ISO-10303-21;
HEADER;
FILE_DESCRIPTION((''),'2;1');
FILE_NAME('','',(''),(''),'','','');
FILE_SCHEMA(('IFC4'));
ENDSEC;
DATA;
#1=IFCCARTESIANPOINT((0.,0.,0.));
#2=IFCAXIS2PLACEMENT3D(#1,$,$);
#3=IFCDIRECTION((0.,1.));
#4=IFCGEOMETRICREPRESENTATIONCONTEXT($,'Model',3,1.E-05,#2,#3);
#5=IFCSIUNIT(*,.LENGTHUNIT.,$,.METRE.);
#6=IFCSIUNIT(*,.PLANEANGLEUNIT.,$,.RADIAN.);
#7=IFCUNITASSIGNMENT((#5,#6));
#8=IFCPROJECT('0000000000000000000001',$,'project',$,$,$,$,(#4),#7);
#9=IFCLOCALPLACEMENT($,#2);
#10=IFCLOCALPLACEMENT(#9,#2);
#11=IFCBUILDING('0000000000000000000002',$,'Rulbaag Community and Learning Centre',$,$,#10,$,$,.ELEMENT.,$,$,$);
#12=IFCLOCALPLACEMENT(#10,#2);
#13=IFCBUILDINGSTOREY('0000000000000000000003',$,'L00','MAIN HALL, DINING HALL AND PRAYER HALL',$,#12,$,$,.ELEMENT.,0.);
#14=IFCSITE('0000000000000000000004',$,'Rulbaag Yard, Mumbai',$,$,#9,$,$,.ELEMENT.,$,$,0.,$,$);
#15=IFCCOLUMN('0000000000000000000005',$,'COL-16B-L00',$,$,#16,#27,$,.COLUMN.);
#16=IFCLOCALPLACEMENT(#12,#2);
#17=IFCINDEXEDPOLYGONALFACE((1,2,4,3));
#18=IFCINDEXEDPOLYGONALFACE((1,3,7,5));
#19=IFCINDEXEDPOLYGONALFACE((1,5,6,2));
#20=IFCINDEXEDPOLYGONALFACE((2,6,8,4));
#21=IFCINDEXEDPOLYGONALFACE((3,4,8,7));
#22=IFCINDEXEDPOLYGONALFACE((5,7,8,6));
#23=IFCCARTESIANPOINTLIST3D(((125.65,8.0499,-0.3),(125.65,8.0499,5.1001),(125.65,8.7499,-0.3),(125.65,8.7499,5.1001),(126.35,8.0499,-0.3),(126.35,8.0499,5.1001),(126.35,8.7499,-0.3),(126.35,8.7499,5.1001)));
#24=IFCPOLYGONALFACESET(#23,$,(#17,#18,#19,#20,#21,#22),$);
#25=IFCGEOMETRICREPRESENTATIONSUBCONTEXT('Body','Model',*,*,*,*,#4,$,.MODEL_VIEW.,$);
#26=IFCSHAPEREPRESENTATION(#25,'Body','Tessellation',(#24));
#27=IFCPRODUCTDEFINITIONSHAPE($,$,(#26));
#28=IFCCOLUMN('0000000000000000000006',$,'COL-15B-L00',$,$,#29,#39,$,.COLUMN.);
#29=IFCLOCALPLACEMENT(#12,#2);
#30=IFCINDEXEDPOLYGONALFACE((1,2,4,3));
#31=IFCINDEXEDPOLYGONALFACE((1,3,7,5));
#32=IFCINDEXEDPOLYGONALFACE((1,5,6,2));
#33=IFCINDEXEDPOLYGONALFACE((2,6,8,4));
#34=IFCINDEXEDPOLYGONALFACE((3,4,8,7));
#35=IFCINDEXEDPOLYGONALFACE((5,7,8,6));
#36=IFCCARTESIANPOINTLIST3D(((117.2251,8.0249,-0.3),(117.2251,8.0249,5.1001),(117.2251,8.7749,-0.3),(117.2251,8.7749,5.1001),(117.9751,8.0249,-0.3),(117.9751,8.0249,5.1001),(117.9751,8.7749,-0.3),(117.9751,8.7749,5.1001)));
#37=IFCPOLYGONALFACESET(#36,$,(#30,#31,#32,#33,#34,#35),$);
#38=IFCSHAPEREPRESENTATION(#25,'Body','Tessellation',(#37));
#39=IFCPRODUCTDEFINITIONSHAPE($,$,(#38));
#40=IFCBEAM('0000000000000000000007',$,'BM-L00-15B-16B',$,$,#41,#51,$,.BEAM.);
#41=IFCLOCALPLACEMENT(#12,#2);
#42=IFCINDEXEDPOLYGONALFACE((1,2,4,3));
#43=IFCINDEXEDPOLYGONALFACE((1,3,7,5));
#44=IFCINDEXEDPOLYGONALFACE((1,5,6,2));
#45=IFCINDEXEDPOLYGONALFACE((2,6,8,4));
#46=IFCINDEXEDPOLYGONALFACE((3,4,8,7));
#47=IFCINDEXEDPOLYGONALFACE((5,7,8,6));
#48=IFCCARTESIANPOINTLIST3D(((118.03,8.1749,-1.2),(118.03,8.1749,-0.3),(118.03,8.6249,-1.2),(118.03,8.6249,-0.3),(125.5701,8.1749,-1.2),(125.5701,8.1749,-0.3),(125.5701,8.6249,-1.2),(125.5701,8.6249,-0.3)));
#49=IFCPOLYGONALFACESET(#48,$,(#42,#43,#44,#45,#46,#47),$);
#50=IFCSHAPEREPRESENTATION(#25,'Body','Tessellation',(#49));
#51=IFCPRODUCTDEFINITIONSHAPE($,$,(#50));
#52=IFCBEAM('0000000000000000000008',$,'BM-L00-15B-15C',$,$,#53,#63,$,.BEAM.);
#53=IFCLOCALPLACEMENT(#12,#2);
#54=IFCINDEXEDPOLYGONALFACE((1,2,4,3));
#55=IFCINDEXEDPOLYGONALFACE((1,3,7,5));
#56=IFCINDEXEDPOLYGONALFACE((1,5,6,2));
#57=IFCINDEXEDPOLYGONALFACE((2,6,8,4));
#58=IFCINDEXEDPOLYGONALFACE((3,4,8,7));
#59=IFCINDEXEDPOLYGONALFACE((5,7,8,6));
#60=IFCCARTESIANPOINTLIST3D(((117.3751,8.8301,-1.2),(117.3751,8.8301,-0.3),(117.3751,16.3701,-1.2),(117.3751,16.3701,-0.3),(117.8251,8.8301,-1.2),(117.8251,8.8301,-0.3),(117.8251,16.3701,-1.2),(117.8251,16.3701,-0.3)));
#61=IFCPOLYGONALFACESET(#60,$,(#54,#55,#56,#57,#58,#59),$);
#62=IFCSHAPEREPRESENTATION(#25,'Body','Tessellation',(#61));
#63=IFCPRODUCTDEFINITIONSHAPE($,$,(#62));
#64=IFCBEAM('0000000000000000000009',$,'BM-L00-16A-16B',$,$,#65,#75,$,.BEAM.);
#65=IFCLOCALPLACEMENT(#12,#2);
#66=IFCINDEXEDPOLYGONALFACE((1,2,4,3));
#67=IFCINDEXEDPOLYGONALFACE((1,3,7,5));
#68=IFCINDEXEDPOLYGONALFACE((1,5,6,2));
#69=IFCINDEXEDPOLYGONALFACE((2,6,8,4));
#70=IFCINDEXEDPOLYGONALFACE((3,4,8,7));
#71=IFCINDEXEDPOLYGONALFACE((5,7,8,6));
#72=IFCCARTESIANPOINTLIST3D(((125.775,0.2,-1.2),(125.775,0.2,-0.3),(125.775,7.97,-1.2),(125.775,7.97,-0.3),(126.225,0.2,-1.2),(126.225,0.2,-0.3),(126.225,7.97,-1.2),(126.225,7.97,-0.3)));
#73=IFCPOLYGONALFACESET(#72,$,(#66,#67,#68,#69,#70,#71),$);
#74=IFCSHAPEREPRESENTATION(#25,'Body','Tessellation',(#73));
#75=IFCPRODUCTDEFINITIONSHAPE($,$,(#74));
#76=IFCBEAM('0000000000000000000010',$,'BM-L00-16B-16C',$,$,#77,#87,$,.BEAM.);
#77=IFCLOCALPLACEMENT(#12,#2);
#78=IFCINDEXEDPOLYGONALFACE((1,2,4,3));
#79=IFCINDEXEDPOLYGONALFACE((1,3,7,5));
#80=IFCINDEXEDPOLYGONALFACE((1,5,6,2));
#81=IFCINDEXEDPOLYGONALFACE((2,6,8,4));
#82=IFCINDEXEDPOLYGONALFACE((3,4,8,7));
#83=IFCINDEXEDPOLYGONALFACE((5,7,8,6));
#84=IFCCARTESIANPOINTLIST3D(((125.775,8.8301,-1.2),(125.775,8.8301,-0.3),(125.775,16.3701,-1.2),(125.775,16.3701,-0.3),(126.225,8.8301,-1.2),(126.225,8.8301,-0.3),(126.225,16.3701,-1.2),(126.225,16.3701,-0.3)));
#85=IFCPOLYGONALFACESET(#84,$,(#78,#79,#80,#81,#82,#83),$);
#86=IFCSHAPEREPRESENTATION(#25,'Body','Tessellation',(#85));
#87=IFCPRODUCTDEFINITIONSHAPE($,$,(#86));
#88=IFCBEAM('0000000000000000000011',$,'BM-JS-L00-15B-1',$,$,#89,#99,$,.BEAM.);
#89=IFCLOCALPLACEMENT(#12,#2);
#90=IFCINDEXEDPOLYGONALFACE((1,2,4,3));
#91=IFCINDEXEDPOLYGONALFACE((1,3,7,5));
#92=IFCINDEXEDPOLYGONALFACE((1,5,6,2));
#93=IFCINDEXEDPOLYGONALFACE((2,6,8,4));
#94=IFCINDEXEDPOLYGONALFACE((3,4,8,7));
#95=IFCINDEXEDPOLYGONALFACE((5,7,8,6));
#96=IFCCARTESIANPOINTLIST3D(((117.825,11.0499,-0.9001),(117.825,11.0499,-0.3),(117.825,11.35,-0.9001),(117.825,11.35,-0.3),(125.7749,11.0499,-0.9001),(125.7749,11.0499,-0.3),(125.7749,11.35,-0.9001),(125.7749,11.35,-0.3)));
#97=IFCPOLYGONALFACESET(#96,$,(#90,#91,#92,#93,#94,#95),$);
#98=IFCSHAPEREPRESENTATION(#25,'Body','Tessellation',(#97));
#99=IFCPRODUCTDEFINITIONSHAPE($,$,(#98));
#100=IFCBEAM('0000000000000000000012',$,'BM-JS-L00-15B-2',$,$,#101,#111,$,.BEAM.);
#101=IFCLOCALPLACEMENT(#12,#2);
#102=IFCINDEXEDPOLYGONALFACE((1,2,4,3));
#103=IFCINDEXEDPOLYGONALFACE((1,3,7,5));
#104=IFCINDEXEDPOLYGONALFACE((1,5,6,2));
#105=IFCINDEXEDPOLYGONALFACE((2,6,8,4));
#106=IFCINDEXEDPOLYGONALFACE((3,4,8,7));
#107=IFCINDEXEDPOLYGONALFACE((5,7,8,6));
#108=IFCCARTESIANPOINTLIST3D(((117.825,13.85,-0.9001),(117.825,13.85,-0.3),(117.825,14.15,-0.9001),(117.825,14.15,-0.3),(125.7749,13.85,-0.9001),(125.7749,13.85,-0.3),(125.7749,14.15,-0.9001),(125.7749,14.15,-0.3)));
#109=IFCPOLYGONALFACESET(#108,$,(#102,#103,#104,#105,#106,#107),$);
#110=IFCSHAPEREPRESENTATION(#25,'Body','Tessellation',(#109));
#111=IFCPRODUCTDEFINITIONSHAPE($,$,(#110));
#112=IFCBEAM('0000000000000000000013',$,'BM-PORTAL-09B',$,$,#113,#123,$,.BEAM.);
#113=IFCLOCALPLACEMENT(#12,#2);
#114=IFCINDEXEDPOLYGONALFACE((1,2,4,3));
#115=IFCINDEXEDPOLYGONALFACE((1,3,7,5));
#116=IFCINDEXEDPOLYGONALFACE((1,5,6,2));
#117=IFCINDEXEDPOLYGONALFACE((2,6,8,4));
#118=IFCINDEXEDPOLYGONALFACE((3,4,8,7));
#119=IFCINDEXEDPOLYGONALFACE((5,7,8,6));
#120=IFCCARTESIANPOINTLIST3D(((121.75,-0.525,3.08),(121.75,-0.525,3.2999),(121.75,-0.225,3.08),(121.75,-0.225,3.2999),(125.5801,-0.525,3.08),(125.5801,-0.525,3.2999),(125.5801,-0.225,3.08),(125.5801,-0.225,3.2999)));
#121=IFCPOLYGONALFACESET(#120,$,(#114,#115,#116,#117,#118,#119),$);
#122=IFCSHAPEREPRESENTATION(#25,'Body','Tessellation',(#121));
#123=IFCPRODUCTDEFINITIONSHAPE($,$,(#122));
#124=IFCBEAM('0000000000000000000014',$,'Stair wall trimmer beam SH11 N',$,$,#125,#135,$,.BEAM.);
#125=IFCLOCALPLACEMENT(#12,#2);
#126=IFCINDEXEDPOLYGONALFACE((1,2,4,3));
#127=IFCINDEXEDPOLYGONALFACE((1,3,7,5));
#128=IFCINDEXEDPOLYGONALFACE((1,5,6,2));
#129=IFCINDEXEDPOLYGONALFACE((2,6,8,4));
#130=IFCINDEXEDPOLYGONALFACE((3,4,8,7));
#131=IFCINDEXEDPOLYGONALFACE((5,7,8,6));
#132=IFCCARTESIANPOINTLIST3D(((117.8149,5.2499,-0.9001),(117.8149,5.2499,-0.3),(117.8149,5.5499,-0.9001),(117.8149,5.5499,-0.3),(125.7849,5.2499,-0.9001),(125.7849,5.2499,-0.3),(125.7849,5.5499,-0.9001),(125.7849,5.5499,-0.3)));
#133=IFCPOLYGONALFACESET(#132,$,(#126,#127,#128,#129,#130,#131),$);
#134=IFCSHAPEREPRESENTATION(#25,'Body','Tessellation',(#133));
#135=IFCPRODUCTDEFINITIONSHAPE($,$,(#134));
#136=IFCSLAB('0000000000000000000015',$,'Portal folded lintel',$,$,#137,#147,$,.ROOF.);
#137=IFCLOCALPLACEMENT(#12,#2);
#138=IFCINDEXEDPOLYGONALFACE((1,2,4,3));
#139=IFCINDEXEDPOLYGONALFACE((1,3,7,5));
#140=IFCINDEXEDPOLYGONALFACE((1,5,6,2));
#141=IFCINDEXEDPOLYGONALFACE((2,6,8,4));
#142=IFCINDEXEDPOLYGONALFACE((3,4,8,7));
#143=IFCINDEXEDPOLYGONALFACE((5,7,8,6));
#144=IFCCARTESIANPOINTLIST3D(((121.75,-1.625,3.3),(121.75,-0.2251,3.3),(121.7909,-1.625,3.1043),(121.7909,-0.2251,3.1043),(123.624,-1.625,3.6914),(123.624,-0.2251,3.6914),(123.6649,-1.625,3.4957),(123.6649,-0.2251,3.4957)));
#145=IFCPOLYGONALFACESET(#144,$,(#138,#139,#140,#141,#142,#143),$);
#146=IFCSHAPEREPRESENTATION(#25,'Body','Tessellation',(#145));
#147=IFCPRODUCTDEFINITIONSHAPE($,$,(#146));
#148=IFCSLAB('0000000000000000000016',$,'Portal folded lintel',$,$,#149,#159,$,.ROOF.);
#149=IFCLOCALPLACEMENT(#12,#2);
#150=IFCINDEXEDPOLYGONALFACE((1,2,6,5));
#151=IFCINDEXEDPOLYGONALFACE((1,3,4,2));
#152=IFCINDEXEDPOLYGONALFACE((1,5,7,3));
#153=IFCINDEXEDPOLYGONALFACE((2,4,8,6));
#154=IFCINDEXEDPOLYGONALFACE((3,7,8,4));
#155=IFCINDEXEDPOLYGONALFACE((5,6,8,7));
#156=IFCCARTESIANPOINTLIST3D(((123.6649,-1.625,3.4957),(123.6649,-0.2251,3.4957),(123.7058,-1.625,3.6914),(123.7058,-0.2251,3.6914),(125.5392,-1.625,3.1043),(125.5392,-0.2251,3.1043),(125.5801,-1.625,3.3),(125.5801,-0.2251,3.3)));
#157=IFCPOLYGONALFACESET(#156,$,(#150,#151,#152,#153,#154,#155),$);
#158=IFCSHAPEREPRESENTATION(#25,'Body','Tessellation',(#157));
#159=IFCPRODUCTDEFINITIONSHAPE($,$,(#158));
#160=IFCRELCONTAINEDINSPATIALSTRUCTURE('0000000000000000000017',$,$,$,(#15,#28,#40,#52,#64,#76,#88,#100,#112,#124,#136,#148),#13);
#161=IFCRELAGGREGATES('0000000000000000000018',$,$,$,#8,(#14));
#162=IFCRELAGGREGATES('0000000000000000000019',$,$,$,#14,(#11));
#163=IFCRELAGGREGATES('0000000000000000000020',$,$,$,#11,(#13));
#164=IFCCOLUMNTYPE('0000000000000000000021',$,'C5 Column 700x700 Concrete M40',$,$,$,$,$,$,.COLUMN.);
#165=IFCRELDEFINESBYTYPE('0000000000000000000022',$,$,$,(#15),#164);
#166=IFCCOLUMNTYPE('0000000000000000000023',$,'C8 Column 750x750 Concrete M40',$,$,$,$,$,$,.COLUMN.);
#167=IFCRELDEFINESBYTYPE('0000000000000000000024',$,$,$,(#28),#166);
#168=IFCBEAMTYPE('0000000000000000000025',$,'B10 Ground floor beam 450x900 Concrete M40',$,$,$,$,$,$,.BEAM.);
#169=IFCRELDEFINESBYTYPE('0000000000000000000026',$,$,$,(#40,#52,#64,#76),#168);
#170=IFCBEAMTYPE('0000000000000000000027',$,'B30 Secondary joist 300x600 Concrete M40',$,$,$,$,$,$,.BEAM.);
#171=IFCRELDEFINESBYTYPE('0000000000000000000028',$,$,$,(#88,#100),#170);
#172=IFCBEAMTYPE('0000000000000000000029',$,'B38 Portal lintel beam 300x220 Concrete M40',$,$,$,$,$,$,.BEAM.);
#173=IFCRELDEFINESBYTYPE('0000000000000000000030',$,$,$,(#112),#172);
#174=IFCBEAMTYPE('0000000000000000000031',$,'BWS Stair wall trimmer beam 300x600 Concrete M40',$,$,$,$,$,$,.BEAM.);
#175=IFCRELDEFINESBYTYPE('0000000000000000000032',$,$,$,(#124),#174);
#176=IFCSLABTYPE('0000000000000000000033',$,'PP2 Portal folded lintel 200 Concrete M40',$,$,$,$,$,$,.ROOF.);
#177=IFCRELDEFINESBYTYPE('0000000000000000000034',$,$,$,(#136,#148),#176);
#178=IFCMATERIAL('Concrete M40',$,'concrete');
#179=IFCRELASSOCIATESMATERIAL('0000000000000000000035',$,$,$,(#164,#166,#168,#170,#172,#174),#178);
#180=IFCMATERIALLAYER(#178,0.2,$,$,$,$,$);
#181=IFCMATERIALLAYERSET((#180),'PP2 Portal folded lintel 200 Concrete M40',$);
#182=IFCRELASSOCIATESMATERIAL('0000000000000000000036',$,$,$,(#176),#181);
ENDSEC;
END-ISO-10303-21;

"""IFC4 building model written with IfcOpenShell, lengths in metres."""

from ifc_helpers import new_model, si_unit, direction, frame, origin, origin_2d, place, context, subcontext, project, spatial, polyline, rectangle, outline, extrude, material, layer, layer_set, material_profile, profile_set, type_object, element, save


model = new_model("IFC4")

# Units and contexts
model_context = context("Model", 3, precision=1e-05, world=origin(), true_north=direction((0.0, 1.0)))
body_context = subcontext(model_context, "Body", "Model", "MODEL_VIEW")
ifc_project = project(units=[si_unit("LENGTHUNIT", "METRE"), si_unit("PLANEANGLEUNIT", "RADIAN")], contexts=[model_context])

# Site, building, storey
site_placement = place(None, origin())
site = spatial("IfcSite", under=ifc_project, at=site_placement, Name="Rulbaag Yard, Mumbai", CompositionType="ELEMENT", RefElevation=0.0)
building_placement = place(site_placement, origin())
building = spatial("IfcBuilding", under=site, at=building_placement, Name="Rulbaag Community and Learning Centre", CompositionType="ELEMENT")
storey_placement = place(building_placement, origin())
storey = spatial("IfcBuildingStorey", under=building, at=storey_placement, Name="L00", Description="MAIN HALL, DINING HALL AND PRAYER HALL", CompositionType="ELEMENT", Elevation=0.0)

# Columns
ifc_material_1 = material(Name="Concrete M40", Category="concrete")
ifc_material_profile_1 = material_profile(ifc_material_1, rectangle(XDim=0.7, YDim=0.7, at=origin_2d()), Name="RC700x700")
ifc_profile_set_1 = profile_set([ifc_material_profile_1], Name="Concrete M40")
column_type_1 = type_object("IfcColumnType", Name="C5 Column 700x700 Concrete M40", PredefinedType="COLUMN", material=ifc_profile_set_1)
column_1_placement = place(storey_placement, frame((126.0, 8.3999, -0.3), z_axis=(0.0, 0.0, 1.0), x_axis=(1.0, 0.0, 0.0)))
element("IfcColumn", 1, at=column_1_placement, inside=storey, type_object=column_type_1, Name="COL-16B-L00", PredefinedType="COLUMN", context=body_context, shape_type="SweptSolid", body=[
    extrude(rectangle(XDim=0.7, YDim=0.7, at=origin_2d()), origin(), (0.0, 0.0, 1.0), 5.4001),
])
ifc_material_profile_2 = material_profile(ifc_material_1, rectangle(XDim=0.75, YDim=0.75, at=origin_2d()), Name="RC750x750")
ifc_profile_set_2 = profile_set([ifc_material_profile_2], Name="Concrete M40")
column_type_2 = type_object("IfcColumnType", Name="C8 Column 750x750 Concrete M40", PredefinedType="COLUMN", material=ifc_profile_set_2)
column_2_placement = place(storey_placement, frame((117.6001, 8.3999, -0.3), z_axis=(0.0, 0.0, 1.0), x_axis=(1.0, 0.0, 0.0)))
element("IfcColumn", 2, at=column_2_placement, inside=storey, type_object=column_type_2, Name="COL-15B-L00", PredefinedType="COLUMN", context=body_context, shape_type="SweptSolid", body=[
    extrude(rectangle(XDim=0.75, YDim=0.75, at=origin_2d()), origin(), (0.0, 0.0, 1.0), 5.4001),
])

# Beams
ifc_material_profile_3 = material_profile(ifc_material_1, rectangle(XDim=0.45, YDim=0.8999, at=origin_2d()), Name="RB450x900")
ifc_profile_set_3 = profile_set([ifc_material_profile_3], Name="Concrete M40")
beam_type_1 = type_object("IfcBeamType", Name="B10 Ground floor beam 450x900 Concrete M40", PredefinedType="BEAM", material=ifc_profile_set_3)
for number, where, z_axis, x_axis, name in (
    (3, (118.03, 8.3999, -0.75), (1.0, 0.0, 0.0), (0.0, 1.0, 0.0), "BM-L00-15B-16B"),
    (4, (117.6001, 8.8301, -0.75), (0.0, 1.0, 0.0), (-1.0, 0.0, 0.0), "BM-L00-15B-15C"),
):
    element("IfcBeam", number, at=place(storey_placement, frame(where, z_axis=z_axis, x_axis=x_axis)), inside=storey, type_object=beam_type_1, Name=name, PredefinedType="BEAM", context=body_context, shape_type="SweptSolid", body=[
        extrude(rectangle(XDim=0.45, YDim=0.8999, at=origin_2d()), origin(), (0.0, 0.0, 1.0), 7.54),
    ])
beam_1_placement = place(storey_placement, frame((126.0, 0.2, -0.75), z_axis=(0.0, 1.0, 0.0), x_axis=(-1.0, 0.0, 0.0)))
element("IfcBeam", 5, at=beam_1_placement, inside=storey, type_object=beam_type_1, Name="BM-L00-16A-16B", PredefinedType="BEAM", context=body_context, shape_type="SweptSolid", body=[
    extrude(rectangle(XDim=0.45, YDim=0.8999, at=origin_2d()), origin(), (0.0, 0.0, 1.0), 7.77),
])
beam_2_placement = place(storey_placement, frame((126.0, 8.8301, -0.75), z_axis=(0.0, 1.0, 0.0), x_axis=(-1.0, 0.0, 0.0)))
element("IfcBeam", 6, at=beam_2_placement, inside=storey, type_object=beam_type_1, Name="BM-L00-16B-16C", PredefinedType="BEAM", context=body_context, shape_type="SweptSolid", body=[
    extrude(rectangle(XDim=0.45, YDim=0.8999, at=origin_2d()), origin(), (0.0, 0.0, 1.0), 7.54),
])
ifc_material_profile_4 = material_profile(ifc_material_1, rectangle(XDim=0.3, YDim=0.6001, at=origin_2d()), Name="RB300x600")
ifc_profile_set_4 = profile_set([ifc_material_profile_4], Name="Concrete M40")
beam_type_2 = type_object("IfcBeamType", Name="B30 Secondary joist 300x600 Concrete M40", PredefinedType="BEAM", material=ifc_profile_set_4)
for number, where, z_axis, x_axis, name in (
    (7, (117.825, 11.2, -0.6001), (1.0, 0.0, 0.0), (0.0, 1.0, 0.0), "BM-JS-L00-15B-1"),
    (8, (117.825, 14.0, -0.6001), (1.0, 0.0, 0.0), (0.0, 1.0, 0.0), "BM-JS-L00-15B-2"),
):
    element("IfcBeam", number, at=place(storey_placement, frame(where, z_axis=z_axis, x_axis=x_axis)), inside=storey, type_object=beam_type_2, Name=name, PredefinedType="BEAM", context=body_context, shape_type="SweptSolid", body=[
        extrude(rectangle(XDim=0.3, YDim=0.6001, at=origin_2d()), origin(), (0.0, 0.0, 1.0), 7.95),
    ])
ifc_material_profile_5 = material_profile(ifc_material_1, rectangle(XDim=0.3, YDim=0.22, at=origin_2d()), Name="RB300x220")
ifc_profile_set_5 = profile_set([ifc_material_profile_5], Name="Concrete M40")
beam_type_3 = type_object("IfcBeamType", Name="B38 Portal lintel beam 300x220 Concrete M40", PredefinedType="BEAM", material=ifc_profile_set_5)
beam_3_placement = place(storey_placement, frame((121.75, -0.375, 3.1899), z_axis=(1.0, 0.0, 0.0), x_axis=(0.0, 1.0, 0.0)))
element("IfcBeam", 9, at=beam_3_placement, inside=storey, type_object=beam_type_3, Name="BM-PORTAL-09B", PredefinedType="BEAM", context=body_context, shape_type="SweptSolid", body=[
    extrude(rectangle(XDim=0.3, YDim=0.22, at=origin_2d()), origin(), (0.0, 0.0, 1.0), 3.8301),
])
ifc_material_profile_6 = material_profile(ifc_material_1, rectangle(XDim=0.3, YDim=0.6001, at=origin_2d()), Name="RB300x600")
ifc_profile_set_6 = profile_set([ifc_material_profile_6], Name="Concrete M40")
beam_type_4 = type_object("IfcBeamType", Name="BWS Stair wall trimmer beam 300x600 Concrete M40", PredefinedType="BEAM", material=ifc_profile_set_6)
beam_4_placement = place(storey_placement, frame((117.8149, 5.3999, -0.6001), z_axis=(1.0, 0.0, 0.0), x_axis=(0.0, 1.0, 0.0)))
element("IfcBeam", 10, at=beam_4_placement, inside=storey, type_object=beam_type_4, Name="Stair wall trimmer beam SH11 N", PredefinedType="BEAM", context=body_context, shape_type="SweptSolid", body=[
    extrude(rectangle(XDim=0.3, YDim=0.6001, at=origin_2d()), origin(), (0.0, 0.0, 1.0), 7.97),
])

# Slabs
ifc_layer_1 = layer(ifc_material_1, 0.2)
ifc_layer_set_1 = layer_set([ifc_layer_1], Name="PP2 Portal folded lintel 200 Concrete M40")
slab_type = type_object("IfcSlabType", Name="PP2 Portal folded lintel 200 Concrete M40", PredefinedType="ROOF", material=ifc_layer_set_1)
slab_1_placement = place(storey_placement, frame((121.75, -0.2251, 3.3), z_axis=(-0.204423, 0.0, 0.978883), x_axis=(0.978883, 0.0, 0.204423)))
element("IfcSlab", 11, at=slab_1_placement, inside=storey, type_object=slab_type, Name="Portal folded lintel", PredefinedType="ROOF", context=body_context, shape_type="SweptSolid", body=[
    extrude(outline(polyline([(0.0, 0.0), (1.9145, 0.0), (1.9145, -1.3999), (0.0, -1.3999), (0.0, 0.0)])), origin(), (0.0, 0.0, -1.0), 0.2),
])
slab_2_placement = place(storey_placement, frame((123.7058, -0.2251, 3.6914), z_axis=(0.204397, 0.0, 0.978888), x_axis=(0.978888, 0.0, -0.204397)))
element("IfcSlab", 12, at=slab_2_placement, inside=storey, type_object=slab_type, Name="Portal folded lintel", PredefinedType="ROOF", context=body_context, shape_type="SweptSolid", body=[
    extrude(outline(polyline([(0.0, 0.0), (1.9147, 0.0), (1.9147, -1.3999), (0.0, -1.3999), (0.0, 0.0)])), origin(), (0.0, 0.0, -1.0), 0.2),
])

save(model, "model.ifc")
